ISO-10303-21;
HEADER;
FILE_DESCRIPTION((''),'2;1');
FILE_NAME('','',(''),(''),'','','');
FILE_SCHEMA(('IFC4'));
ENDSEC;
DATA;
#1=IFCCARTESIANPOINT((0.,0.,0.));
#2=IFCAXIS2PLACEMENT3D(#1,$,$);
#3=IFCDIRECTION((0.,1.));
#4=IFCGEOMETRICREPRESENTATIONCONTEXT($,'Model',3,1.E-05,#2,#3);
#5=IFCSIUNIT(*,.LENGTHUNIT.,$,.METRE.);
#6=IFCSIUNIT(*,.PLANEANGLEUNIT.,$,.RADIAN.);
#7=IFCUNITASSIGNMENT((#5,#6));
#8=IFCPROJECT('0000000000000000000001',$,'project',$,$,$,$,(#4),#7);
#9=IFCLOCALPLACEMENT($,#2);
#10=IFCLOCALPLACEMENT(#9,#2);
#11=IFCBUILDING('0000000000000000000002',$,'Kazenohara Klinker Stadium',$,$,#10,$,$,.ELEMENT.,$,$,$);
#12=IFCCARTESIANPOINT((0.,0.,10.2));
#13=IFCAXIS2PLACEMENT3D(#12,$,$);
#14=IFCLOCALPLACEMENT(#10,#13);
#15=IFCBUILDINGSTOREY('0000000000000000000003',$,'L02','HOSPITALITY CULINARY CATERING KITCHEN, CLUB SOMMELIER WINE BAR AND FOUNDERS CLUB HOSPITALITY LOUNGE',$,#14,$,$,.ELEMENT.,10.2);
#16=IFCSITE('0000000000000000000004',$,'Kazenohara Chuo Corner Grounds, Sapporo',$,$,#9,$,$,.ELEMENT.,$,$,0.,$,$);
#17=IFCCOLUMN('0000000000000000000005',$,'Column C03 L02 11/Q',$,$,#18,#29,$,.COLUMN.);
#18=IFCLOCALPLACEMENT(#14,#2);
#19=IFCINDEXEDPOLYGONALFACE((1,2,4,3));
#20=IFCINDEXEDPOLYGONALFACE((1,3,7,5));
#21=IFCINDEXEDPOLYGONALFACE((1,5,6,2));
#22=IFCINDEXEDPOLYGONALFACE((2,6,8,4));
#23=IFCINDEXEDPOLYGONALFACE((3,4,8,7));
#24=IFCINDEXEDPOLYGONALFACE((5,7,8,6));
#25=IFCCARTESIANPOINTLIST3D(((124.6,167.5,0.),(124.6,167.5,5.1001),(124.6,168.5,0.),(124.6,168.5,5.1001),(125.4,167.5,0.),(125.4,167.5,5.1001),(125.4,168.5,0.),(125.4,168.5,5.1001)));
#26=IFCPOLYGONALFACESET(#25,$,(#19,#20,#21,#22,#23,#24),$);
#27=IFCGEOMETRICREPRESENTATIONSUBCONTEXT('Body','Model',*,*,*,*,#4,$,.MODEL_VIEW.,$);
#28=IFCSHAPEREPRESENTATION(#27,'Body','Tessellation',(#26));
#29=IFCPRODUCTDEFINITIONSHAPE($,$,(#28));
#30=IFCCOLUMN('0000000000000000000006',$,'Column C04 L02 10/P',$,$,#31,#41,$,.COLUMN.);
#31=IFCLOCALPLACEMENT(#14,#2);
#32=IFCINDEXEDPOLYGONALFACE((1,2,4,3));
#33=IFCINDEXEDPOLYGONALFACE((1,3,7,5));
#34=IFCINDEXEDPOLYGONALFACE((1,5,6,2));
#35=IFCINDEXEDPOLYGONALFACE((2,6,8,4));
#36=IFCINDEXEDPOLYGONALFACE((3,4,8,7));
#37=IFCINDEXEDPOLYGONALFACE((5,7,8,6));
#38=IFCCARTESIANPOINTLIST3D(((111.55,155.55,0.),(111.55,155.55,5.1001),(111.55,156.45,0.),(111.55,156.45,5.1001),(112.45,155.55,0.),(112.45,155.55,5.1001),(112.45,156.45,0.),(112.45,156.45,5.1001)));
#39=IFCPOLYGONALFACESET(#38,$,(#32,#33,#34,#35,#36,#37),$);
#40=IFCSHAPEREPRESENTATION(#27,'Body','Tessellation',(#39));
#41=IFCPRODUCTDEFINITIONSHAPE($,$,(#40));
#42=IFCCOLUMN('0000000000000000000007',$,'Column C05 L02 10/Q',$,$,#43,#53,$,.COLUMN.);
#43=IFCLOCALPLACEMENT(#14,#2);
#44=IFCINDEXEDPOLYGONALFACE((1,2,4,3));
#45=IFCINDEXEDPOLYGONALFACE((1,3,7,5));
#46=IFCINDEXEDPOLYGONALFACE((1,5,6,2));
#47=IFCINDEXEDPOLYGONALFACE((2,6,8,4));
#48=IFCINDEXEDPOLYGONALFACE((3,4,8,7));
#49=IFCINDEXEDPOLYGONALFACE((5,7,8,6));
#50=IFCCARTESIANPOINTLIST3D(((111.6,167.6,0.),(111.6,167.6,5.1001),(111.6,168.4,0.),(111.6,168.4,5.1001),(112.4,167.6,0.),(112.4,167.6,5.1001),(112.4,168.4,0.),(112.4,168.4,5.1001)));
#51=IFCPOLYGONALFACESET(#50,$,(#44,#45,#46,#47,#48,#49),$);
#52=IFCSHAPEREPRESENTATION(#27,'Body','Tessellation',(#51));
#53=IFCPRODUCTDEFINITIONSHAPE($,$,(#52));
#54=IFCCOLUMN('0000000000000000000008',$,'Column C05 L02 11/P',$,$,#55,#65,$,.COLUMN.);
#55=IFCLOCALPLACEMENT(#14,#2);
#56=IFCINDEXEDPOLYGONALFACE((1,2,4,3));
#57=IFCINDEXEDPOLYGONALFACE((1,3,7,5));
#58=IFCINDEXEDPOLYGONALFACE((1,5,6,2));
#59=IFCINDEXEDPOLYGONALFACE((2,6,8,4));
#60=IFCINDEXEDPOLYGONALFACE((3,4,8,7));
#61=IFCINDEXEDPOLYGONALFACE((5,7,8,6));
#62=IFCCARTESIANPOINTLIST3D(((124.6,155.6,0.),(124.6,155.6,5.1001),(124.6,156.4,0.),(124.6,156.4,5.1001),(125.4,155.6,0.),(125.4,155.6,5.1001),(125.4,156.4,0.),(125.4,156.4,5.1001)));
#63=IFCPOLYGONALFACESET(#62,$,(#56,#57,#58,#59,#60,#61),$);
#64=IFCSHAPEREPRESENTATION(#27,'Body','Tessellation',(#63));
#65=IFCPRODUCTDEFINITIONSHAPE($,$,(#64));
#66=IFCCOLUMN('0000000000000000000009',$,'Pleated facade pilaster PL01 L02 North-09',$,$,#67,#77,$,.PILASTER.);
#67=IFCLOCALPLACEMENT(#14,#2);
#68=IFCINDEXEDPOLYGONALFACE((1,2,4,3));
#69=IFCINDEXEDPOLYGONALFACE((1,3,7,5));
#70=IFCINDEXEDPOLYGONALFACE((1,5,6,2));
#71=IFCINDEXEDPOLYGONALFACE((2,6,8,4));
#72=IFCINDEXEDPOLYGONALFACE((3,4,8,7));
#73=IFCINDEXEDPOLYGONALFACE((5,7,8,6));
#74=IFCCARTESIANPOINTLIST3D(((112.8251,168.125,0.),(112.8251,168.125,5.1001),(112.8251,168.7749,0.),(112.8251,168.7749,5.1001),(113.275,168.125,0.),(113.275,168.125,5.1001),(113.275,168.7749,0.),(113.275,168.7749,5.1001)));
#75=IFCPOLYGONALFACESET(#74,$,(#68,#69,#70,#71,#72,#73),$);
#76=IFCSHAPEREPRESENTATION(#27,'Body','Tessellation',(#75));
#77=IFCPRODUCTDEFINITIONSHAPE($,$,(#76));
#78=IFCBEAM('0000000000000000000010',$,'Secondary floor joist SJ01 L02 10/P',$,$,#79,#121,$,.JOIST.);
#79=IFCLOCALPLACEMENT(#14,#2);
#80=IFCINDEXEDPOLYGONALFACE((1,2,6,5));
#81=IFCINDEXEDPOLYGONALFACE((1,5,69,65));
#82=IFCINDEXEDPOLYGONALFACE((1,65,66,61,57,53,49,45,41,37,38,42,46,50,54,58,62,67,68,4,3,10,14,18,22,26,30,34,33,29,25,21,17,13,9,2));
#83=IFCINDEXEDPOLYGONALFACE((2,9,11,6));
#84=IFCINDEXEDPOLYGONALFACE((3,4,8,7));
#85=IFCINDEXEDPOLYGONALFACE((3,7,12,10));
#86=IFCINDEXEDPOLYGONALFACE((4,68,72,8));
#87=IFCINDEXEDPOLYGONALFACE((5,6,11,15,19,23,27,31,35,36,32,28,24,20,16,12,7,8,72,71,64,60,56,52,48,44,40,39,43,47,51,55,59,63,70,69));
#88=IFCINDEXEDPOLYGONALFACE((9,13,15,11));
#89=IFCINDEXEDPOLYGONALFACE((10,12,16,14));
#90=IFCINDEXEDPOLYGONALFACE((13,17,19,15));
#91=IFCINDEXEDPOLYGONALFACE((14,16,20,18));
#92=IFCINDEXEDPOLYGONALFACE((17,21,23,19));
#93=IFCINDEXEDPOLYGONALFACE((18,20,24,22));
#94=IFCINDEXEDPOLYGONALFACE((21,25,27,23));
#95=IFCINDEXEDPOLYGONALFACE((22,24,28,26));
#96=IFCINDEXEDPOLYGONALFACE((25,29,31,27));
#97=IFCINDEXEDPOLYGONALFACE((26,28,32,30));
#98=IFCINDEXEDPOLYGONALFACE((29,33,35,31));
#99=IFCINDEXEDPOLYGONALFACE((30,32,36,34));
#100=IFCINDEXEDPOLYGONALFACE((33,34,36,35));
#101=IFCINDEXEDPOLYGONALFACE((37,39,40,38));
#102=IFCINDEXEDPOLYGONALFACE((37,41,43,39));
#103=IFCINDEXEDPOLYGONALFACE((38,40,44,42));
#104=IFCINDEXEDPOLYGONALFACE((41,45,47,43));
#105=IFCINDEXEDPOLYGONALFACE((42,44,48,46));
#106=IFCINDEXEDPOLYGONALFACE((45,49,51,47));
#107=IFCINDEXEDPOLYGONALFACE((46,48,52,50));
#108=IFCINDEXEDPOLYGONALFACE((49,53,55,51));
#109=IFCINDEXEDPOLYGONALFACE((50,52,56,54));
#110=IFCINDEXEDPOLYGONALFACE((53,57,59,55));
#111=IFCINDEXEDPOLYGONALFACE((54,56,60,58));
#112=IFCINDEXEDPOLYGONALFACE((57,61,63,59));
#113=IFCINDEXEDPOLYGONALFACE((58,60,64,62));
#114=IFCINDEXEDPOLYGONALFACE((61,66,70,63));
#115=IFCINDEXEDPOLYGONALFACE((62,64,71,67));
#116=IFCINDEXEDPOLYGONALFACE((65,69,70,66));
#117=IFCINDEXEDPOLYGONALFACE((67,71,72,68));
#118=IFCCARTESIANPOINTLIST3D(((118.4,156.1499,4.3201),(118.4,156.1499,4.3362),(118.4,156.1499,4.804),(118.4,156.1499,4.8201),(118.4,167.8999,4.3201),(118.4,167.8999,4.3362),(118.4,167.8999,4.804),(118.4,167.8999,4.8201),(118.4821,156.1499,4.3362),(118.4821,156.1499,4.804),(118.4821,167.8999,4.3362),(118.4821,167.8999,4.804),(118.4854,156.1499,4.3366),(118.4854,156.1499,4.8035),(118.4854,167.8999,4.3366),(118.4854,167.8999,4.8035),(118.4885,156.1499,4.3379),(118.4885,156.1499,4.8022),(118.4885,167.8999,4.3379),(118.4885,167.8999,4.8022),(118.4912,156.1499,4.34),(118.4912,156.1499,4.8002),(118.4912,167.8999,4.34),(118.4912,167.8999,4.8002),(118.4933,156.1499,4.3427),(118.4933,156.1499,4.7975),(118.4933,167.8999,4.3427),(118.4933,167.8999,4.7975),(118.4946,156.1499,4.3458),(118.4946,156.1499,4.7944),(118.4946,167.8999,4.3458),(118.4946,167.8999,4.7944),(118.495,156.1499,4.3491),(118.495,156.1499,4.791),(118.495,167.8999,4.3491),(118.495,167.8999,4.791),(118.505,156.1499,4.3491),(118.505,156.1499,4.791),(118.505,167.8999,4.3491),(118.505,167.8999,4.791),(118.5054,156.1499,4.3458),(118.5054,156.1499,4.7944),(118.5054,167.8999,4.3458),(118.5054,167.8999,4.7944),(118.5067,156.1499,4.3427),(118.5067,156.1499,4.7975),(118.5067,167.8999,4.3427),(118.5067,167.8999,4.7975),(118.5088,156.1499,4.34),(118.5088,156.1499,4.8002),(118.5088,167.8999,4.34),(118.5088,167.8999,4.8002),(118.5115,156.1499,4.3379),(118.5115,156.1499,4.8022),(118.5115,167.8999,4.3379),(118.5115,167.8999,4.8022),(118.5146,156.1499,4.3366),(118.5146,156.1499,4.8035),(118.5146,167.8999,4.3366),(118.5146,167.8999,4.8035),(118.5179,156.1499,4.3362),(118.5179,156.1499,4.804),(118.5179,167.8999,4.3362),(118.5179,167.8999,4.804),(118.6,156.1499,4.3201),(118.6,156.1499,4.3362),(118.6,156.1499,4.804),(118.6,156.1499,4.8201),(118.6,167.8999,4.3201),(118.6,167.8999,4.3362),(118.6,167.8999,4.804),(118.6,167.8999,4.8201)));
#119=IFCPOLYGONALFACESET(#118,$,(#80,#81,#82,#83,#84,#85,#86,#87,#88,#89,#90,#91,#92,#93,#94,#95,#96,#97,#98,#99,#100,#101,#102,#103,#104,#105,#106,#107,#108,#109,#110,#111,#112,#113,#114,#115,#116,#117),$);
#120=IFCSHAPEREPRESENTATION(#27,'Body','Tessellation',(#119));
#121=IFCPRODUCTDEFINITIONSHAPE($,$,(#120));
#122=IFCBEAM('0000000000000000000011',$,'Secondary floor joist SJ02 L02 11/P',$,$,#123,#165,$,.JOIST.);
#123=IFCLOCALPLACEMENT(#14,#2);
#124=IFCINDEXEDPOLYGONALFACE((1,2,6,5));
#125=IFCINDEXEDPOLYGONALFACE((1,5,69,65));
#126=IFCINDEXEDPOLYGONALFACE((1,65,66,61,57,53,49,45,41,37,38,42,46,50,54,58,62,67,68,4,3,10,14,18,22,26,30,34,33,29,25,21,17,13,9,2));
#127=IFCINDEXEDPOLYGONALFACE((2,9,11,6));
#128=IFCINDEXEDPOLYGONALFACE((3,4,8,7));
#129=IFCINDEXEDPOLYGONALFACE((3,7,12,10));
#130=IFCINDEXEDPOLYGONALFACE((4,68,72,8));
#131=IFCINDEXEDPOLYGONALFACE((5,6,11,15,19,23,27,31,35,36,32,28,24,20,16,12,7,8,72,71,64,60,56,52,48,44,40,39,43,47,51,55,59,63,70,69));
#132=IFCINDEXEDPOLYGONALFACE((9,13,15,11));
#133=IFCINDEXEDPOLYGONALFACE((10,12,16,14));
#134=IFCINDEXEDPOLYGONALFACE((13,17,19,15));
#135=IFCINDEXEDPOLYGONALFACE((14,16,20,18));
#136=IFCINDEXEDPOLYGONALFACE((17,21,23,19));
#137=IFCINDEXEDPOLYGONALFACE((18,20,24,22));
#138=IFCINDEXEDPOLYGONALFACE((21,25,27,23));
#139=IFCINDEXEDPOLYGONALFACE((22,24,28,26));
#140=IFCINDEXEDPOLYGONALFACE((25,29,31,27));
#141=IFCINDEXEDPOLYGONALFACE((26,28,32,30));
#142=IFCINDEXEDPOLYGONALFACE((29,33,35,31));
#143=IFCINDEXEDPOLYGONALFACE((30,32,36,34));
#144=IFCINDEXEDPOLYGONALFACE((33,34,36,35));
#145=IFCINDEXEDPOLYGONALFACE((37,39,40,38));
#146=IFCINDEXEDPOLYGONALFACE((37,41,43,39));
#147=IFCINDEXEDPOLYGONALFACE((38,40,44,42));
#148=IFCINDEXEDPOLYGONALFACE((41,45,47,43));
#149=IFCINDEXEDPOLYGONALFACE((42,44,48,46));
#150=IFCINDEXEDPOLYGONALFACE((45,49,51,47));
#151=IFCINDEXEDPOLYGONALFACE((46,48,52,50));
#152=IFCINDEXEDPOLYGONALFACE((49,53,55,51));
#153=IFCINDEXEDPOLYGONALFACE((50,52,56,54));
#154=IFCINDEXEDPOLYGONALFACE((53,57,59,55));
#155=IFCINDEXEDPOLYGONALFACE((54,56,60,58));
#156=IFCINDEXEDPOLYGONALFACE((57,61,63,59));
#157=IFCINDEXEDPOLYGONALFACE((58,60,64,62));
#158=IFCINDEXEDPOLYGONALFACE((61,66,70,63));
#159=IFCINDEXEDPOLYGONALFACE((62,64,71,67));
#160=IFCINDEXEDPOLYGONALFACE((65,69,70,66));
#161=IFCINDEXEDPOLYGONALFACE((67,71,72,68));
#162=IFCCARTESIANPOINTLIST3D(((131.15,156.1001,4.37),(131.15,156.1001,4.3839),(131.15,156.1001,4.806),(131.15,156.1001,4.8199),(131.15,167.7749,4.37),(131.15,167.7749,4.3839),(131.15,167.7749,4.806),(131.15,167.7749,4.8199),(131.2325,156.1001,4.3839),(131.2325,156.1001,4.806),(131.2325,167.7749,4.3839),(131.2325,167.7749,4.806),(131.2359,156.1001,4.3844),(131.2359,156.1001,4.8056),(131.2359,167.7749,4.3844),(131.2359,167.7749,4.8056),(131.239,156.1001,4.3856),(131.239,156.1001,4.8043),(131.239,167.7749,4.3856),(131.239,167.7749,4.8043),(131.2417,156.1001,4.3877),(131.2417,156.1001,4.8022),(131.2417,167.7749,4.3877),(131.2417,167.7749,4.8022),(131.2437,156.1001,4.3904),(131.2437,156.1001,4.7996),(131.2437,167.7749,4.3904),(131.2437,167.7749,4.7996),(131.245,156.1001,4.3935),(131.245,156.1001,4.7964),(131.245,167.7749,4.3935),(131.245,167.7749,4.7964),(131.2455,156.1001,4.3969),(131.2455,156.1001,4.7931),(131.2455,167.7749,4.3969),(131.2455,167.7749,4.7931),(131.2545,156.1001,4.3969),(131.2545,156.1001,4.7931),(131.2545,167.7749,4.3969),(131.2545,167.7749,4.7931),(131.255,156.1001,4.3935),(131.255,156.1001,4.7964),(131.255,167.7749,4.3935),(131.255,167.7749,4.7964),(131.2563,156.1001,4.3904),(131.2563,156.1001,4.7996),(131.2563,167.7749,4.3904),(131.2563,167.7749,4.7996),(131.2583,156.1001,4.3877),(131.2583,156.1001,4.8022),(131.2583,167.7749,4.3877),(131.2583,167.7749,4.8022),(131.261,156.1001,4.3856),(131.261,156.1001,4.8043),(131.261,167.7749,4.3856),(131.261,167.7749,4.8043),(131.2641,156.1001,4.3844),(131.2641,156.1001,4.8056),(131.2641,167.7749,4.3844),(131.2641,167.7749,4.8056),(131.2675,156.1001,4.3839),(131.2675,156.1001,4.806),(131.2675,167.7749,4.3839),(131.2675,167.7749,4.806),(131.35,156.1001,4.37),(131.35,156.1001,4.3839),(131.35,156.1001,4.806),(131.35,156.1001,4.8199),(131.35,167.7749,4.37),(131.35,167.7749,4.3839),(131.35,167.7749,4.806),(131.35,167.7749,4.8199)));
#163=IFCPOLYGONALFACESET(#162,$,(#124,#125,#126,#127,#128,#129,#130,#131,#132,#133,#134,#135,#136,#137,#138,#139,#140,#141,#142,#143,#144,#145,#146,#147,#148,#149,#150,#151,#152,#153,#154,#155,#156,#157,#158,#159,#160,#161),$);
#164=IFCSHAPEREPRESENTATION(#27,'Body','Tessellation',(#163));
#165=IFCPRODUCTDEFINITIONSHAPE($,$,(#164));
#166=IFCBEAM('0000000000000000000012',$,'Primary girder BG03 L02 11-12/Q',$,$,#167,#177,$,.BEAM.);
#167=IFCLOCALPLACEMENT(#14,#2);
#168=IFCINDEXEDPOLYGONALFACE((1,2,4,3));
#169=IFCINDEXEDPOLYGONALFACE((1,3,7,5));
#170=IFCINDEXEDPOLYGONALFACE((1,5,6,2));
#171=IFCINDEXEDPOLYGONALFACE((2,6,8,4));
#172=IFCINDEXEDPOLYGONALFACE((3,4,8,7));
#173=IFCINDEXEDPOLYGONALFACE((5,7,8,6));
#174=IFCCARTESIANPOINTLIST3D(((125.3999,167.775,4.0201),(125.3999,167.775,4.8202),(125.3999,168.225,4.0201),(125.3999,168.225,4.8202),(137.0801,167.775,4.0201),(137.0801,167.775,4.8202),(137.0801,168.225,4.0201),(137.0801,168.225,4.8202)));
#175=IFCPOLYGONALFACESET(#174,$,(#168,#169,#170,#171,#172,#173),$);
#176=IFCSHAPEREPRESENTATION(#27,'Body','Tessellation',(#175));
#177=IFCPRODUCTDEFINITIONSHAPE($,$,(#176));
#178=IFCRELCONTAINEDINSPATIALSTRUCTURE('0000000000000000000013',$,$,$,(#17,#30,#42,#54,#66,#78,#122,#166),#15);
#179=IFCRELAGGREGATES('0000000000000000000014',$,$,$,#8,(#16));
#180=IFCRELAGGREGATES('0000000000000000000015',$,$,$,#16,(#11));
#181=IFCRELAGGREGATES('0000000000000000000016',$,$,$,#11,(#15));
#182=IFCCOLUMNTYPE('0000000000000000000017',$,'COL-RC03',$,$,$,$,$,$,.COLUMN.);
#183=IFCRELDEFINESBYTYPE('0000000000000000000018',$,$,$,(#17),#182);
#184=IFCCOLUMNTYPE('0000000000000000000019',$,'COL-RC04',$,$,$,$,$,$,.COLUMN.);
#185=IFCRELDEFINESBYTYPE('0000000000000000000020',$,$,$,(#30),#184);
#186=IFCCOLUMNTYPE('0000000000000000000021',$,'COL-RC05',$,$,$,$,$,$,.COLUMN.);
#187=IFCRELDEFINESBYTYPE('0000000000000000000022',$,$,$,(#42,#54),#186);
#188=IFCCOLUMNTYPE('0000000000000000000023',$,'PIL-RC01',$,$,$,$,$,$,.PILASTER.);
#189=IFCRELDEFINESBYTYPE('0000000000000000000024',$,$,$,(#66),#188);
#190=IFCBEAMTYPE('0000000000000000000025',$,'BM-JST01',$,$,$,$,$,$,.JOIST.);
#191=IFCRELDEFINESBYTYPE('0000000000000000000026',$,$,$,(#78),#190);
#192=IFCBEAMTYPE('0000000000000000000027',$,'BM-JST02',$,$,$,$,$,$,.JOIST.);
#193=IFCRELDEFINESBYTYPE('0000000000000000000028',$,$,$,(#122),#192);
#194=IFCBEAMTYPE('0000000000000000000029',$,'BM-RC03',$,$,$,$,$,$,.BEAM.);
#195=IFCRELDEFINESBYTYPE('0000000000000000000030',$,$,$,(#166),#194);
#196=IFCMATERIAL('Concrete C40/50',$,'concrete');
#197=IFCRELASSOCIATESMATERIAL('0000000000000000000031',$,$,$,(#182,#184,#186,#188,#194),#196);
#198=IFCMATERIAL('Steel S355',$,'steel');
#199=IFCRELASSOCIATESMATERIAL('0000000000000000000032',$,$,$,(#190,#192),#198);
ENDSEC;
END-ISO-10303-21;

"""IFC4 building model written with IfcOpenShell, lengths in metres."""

from ifc_helpers import new_model, si_unit, direction, frame, origin, origin_2d, place, context, subcontext, project, spatial, rectangle, i_section, extrude, material, material_profile, profile_set, type_object, element, save


model = new_model("IFC4")

# Units and contexts
model_context = context("Model", 3, precision=1e-05, world=origin(), true_north=direction((0.0, 1.0)))
body_context = subcontext(model_context, "Body", "Model", "MODEL_VIEW")
ifc_project = project(units=[si_unit("LENGTHUNIT", "METRE"), si_unit("PLANEANGLEUNIT", "RADIAN")], contexts=[model_context])

# Site, building, storey
site_placement = place(None, origin())
site = spatial("IfcSite", under=ifc_project, at=site_placement, Name="Kazenohara Chuo Corner Grounds, Sapporo", CompositionType="ELEMENT", RefElevation=0.0)
building_placement = place(site_placement, origin())
building = spatial("IfcBuilding", under=site, at=building_placement, Name="Kazenohara Klinker Stadium", CompositionType="ELEMENT")
storey_placement = place(building_placement, frame((0.0, 0.0, 10.2)))
storey = spatial("IfcBuildingStorey", under=building, at=storey_placement, Name="L02", Description="HOSPITALITY CULINARY CATERING KITCHEN, CLUB SOMMELIER WINE BAR AND FOUNDERS CLUB HOSPITALITY LOUNGE", CompositionType="ELEMENT", Elevation=10.2)

# Columns
ifc_material_1 = material(Name="Concrete C40/50", Category="concrete")
ifc_material_profile_1 = material_profile(ifc_material_1, rectangle(XDim=0.8, YDim=1.0, at=origin_2d()), Name="RC-COL-1000x800")
ifc_profile_set_1 = profile_set([ifc_material_profile_1], Name="Concrete C40/50")
column_type_1 = type_object("IfcColumnType", Name="COL-RC03", PredefinedType="COLUMN", material=ifc_profile_set_1)
column_1_placement = place(storey_placement, frame((125.0, 168.0, 0.0), z_axis=(0.0, 0.0, 1.0), x_axis=(1.0, 0.0, 0.0)))
element("IfcColumn", 1, at=column_1_placement, inside=storey, type_object=column_type_1, Name="Column C03 L02 11/Q", PredefinedType="COLUMN", context=body_context, shape_type="SweptSolid", body=[
    extrude(rectangle(XDim=0.8, YDim=1.0, at=origin_2d()), origin(), (0.0, 0.0, 1.0), 5.1001),
])
ifc_material_profile_2 = material_profile(ifc_material_1, rectangle(XDim=0.8999, YDim=0.8999, at=origin_2d()), Name="RC-COL-900x900")
ifc_profile_set_2 = profile_set([ifc_material_profile_2], Name="Concrete C40/50")
column_type_2 = type_object("IfcColumnType", Name="COL-RC04", PredefinedType="COLUMN", material=ifc_profile_set_2)
column_2_placement = place(storey_placement, frame((112.0, 156.0, 0.0), z_axis=(0.0, 0.0, 1.0), x_axis=(1.0, 0.0, 0.0)))
element("IfcColumn", 2, at=column_2_placement, inside=storey, type_object=column_type_2, Name="Column C04 L02 10/P", PredefinedType="COLUMN", context=body_context, shape_type="SweptSolid", body=[
    extrude(rectangle(XDim=0.8999, YDim=0.8999, at=origin_2d()), origin(), (0.0, 0.0, 1.0), 5.1001),
])
ifc_material_profile_3 = material_profile(ifc_material_1, rectangle(XDim=0.8, YDim=0.8, at=origin_2d()), Name="RC-COL-800x800")
ifc_profile_set_3 = profile_set([ifc_material_profile_3], Name="Concrete C40/50")
column_type_3 = type_object("IfcColumnType", Name="COL-RC05", PredefinedType="COLUMN", material=ifc_profile_set_3)
for number, where, z_axis, x_axis, name in (
    (3, (112.0, 168.0, 0.0), (0.0, 0.0, 1.0), (1.0, 0.0, 0.0), "Column C05 L02 10/Q"),
    (4, (125.0, 156.0, 0.0), (0.0, 0.0, 1.0), (1.0, 0.0, 0.0), "Column C05 L02 11/P"),
):
    element("IfcColumn", number, at=place(storey_placement, frame(where, z_axis=z_axis, x_axis=x_axis)), inside=storey, type_object=column_type_3, Name=name, PredefinedType="COLUMN", context=body_context, shape_type="SweptSolid", body=[
        extrude(rectangle(XDim=0.8, YDim=0.8, at=origin_2d()), origin(), (0.0, 0.0, 1.0), 5.1001),
    ])
ifc_material_profile_4 = material_profile(ifc_material_1, rectangle(XDim=0.45, YDim=0.6499, at=origin_2d()), Name="RC-PILASTER-450x650")
ifc_profile_set_4 = profile_set([ifc_material_profile_4], Name="Concrete C40/50")
column_type_4 = type_object("IfcColumnType", Name="PIL-RC01", PredefinedType="PILASTER", material=ifc_profile_set_4)
column_3_placement = place(storey_placement, frame((113.05, 168.45, 0.0), z_axis=(0.0, 0.0, 1.0), x_axis=(1.0, 0.0, 0.0)))
element("IfcColumn", 5, at=column_3_placement, inside=storey, type_object=column_type_4, Name="Pleated facade pilaster PL01 L02 North-09", PredefinedType="PILASTER", context=body_context, shape_type="SweptSolid", body=[
    extrude(rectangle(XDim=0.45, YDim=0.6499, at=origin_2d()), origin(), (0.0, 0.0, 1.0), 5.1001),
])

# Beams
ifc_material_2 = material(Name="Steel S355", Category="steel")
ifc_material_profile_5 = material_profile(ifc_material_2, i_section(OverallWidth=0.2, OverallDepth=0.5, WebThickness=0.01, FlangeThickness=0.0161, FilletRadius=0.0129, at=origin_2d()), Name="H-500x200x10x16")
ifc_profile_set_5 = profile_set([ifc_material_profile_5], Name="Steel S355")
beam_type_1 = type_object("IfcBeamType", Name="BM-JST01", PredefinedType="JOIST", material=ifc_profile_set_5)
beam_1_placement = place(storey_placement, frame((118.5, 156.1499, 4.5701), z_axis=(0.0, 1.0, 0.0), x_axis=(-1.0, 0.0, 0.0)))
element("IfcBeam", 6, at=beam_1_placement, inside=storey, type_object=beam_type_1, Name="Secondary floor joist SJ01 L02 10/P", PredefinedType="JOIST", context=body_context, shape_type="SweptSolid", body=[
    extrude(i_section(OverallWidth=0.2, OverallDepth=0.5, WebThickness=0.01, FlangeThickness=0.0161, FilletRadius=0.0129, at=origin_2d()), origin(), (0.0, 0.0, 1.0), 11.75),
])
ifc_material_profile_6 = material_profile(ifc_material_2, i_section(OverallWidth=0.2, OverallDepth=0.45, WebThickness=0.009, FlangeThickness=0.0139, FilletRadius=0.0129, at=origin_2d()), Name="H-450x200x9x14")
ifc_profile_set_6 = profile_set([ifc_material_profile_6], Name="Steel S355")
beam_type_2 = type_object("IfcBeamType", Name="BM-JST02", PredefinedType="JOIST", material=ifc_profile_set_6)
beam_2_placement = place(storey_placement, frame((131.25, 156.1001, 4.595), z_axis=(0.0, 1.0, 0.0), x_axis=(-1.0, 0.0, 0.0)))
element("IfcBeam", 7, at=beam_2_placement, inside=storey, type_object=beam_type_2, Name="Secondary floor joist SJ02 L02 11/P", PredefinedType="JOIST", context=body_context, shape_type="SweptSolid", body=[
    extrude(i_section(OverallWidth=0.2, OverallDepth=0.45, WebThickness=0.009, FlangeThickness=0.0139, FilletRadius=0.0129, at=origin_2d()), origin(), (0.0, 0.0, 1.0), 11.6748),
])
ifc_material_profile_7 = material_profile(ifc_material_1, rectangle(XDim=0.45, YDim=0.8, at=origin_2d()), Name="RC-BM-450x800")
ifc_profile_set_7 = profile_set([ifc_material_profile_7], Name="Concrete C40/50")
beam_type_3 = type_object("IfcBeamType", Name="BM-RC03", PredefinedType="BEAM", material=ifc_profile_set_7)
beam_3_placement = place(storey_placement, frame((125.3999, 168.0, 4.4202), z_axis=(1.0, 0.0, 0.0), x_axis=(0.0, 1.0, 0.0)))
element("IfcBeam", 8, at=beam_3_placement, inside=storey, type_object=beam_type_3, Name="Primary girder BG03 L02 11-12/Q", PredefinedType="BEAM", context=body_context, shape_type="SweptSolid", body=[
    extrude(rectangle(XDim=0.45, YDim=0.8, at=origin_2d()), origin(), (0.0, 0.0, 1.0), 11.6802),
])

save(model, "model.ifc")
